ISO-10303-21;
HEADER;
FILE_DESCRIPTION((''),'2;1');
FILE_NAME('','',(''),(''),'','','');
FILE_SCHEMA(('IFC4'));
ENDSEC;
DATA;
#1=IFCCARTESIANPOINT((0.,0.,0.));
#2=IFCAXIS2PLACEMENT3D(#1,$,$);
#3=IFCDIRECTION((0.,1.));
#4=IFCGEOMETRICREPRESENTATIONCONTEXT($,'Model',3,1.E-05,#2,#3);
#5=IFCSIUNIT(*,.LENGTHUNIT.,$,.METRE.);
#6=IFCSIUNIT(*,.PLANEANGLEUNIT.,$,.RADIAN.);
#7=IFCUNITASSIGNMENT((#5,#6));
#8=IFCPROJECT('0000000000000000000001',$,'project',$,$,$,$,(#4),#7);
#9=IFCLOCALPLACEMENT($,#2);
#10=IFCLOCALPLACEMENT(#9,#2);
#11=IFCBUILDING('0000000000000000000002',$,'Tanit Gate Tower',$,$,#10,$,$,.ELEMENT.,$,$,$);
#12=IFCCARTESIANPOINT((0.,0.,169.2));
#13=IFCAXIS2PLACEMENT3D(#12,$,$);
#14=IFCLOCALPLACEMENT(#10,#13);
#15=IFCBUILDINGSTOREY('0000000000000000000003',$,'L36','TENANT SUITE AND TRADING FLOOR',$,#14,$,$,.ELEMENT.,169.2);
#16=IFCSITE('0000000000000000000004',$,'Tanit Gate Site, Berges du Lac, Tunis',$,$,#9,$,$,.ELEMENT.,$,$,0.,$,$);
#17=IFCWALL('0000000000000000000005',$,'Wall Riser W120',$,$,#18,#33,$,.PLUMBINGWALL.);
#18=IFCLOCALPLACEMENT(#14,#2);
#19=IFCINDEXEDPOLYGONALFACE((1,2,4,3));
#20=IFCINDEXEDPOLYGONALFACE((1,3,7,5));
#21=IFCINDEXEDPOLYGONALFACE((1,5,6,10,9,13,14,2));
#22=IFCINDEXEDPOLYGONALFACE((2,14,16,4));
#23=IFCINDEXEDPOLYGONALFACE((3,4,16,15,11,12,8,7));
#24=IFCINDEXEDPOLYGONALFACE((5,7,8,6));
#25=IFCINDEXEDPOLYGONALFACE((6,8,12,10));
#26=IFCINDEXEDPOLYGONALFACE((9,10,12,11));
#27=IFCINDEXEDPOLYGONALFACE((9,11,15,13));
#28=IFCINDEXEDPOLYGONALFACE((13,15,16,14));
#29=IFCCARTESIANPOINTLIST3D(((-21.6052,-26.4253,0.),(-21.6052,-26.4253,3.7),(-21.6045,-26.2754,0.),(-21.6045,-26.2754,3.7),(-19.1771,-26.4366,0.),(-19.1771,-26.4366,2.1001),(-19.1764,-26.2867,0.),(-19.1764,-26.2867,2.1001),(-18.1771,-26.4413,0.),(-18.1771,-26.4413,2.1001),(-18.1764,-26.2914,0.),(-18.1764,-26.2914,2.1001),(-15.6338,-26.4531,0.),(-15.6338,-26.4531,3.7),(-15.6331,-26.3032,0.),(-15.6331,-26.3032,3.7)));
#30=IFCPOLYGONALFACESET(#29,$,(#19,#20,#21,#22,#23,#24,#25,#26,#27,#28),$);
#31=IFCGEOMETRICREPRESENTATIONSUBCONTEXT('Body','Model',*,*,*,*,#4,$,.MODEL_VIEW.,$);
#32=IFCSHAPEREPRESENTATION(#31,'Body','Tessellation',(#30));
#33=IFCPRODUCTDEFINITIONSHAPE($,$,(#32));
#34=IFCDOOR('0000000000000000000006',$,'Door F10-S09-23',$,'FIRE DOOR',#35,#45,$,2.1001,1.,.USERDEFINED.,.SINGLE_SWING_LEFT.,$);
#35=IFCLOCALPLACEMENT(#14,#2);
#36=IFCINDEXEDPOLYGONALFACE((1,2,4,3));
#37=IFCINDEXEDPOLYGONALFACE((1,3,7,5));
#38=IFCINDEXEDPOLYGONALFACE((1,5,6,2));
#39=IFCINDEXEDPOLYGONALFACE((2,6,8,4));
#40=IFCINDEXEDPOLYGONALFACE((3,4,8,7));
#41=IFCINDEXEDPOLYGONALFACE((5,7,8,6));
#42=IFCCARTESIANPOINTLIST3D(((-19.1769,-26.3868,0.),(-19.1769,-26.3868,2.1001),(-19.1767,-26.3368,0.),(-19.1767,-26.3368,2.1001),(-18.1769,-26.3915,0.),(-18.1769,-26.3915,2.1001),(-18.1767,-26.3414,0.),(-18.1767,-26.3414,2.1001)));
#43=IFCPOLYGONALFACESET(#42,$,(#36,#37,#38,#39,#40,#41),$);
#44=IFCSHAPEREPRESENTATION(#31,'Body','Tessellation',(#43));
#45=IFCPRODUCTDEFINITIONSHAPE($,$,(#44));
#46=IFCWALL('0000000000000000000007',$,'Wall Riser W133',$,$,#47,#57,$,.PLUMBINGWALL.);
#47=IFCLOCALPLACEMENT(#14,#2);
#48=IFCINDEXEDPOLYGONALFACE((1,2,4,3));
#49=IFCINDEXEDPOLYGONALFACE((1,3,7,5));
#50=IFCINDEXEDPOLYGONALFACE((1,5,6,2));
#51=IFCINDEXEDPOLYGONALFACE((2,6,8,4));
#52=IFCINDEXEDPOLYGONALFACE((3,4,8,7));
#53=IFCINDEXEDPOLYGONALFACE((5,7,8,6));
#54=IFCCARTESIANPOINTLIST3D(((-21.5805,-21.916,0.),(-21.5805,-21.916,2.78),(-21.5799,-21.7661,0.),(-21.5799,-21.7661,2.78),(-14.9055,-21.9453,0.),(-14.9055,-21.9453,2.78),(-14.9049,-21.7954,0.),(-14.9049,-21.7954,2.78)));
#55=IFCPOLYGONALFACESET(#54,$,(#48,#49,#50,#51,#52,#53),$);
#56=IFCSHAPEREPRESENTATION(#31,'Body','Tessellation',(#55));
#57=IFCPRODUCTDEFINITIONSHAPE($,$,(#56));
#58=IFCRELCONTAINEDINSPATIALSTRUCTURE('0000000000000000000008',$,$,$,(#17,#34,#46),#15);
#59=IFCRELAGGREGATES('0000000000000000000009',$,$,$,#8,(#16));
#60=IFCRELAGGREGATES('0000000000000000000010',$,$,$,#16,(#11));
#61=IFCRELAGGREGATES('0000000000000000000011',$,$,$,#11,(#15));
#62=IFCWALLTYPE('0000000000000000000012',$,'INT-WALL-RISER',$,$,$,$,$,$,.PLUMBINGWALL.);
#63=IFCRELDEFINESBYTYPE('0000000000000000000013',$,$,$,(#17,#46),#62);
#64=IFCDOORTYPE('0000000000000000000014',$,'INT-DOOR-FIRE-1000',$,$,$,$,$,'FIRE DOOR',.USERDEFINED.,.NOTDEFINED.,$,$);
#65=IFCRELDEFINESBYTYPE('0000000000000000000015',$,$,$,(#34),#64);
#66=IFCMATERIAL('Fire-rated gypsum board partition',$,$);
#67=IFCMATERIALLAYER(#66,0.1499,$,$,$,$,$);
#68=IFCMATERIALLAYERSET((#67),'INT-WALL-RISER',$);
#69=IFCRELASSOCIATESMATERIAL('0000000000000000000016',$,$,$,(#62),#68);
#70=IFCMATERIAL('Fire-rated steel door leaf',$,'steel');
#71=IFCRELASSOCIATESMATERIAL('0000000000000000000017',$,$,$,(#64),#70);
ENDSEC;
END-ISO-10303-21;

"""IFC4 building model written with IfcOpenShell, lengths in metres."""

from ifc_helpers import new_model, si_unit, direction, frame, frame_2d, origin, place, context, subcontext, project, spatial, rectangle, extrude, material, layer, layer_set, type_object, element, fill, save


model = new_model("IFC4")

# Units and contexts
model_context = context("Model", 3, precision=1e-05, world=origin(), true_north=direction((0.0, 1.0)))
body_context = subcontext(model_context, "Body", "Model", "MODEL_VIEW")
ifc_project = project(units=[si_unit("LENGTHUNIT", "METRE"), si_unit("PLANEANGLEUNIT", "RADIAN")], contexts=[model_context])

# Site, building, storey
site_placement = place(None, origin())
site = spatial("IfcSite", under=ifc_project, at=site_placement, Name="Tanit Gate Site, Berges du Lac, Tunis", CompositionType="ELEMENT", RefElevation=0.0)
building_placement = place(site_placement, origin())
building = spatial("IfcBuilding", under=site, at=building_placement, Name="Tanit Gate Tower", CompositionType="ELEMENT")
storey_placement = place(building_placement, frame((0.0, 0.0, 169.2)))
storey = spatial("IfcBuildingStorey", under=building, at=storey_placement, Name="L36", Description="TENANT SUITE AND TRADING FLOOR", CompositionType="ELEMENT", Elevation=169.2)

# Shared definitions
ifc_material_1 = material(Name="Fire-rated gypsum board partition")
ifc_layer_1 = layer(ifc_material_1, 0.1499)
ifc_layer_set_1 = layer_set([ifc_layer_1], Name="INT-WALL-RISER")
wall_type_1 = type_object("IfcWallType", Name="INT-WALL-RISER", PredefinedType="PLUMBINGWALL", material=ifc_layer_set_1)

# Wall, opening, door
wall_1_placement = place(storey_placement, frame((-21.605, -26.3503, 0.0), z_axis=(0.0, 0.0, 1.0), x_axis=(0.999989, -0.004661, 0.0)))
wall_1 = element("IfcWall", 1, at=wall_1_placement, inside=storey, type_object=wall_type_1, Name="Wall Riser W120", PredefinedType="PLUMBINGWALL", context=body_context, shape_type="SweptSolid", body=[
    extrude(rectangle(XDim=5.9714, YDim=0.1499, at=frame_2d((2.9858, 0.0))), origin(), (0.0, 0.0, 1.0), 3.7),
])
opening_placement = place(wall_1_placement, frame((2.4282, 0.0, 0.0)))
opening = element("IfcOpeningElement", 2, at=opening_placement, cuts=wall_1, PredefinedType="OPENING", context=body_context, shape_type="SweptSolid", body=[
    extrude(rectangle(XDim=1.0, YDim=2.1001, at=frame_2d((0.5, 1.05))), frame((0.0, 0.085, 0.0), z_axis=(0.0, -1.0, 0.0), x_axis=(1.0, 0.0, 0.0)), (0.0, 0.0, 1.0), 0.1699),
])
ifc_material_2 = material(Name="Fire-rated steel door leaf", Category="steel")
door_type = type_object("IfcDoorType", Name="INT-DOOR-FIRE-1000", ElementType="FIRE DOOR", OperationType="NOTDEFINED", PredefinedType="USERDEFINED", material=ifc_material_2)
door_placement = place(opening_placement, origin())
door = element("IfcDoor", 3, at=door_placement, inside=storey, type_object=door_type, Name="Door F10-S09-23", ObjectType="FIRE DOOR", OperationType="SINGLE_SWING_LEFT", OverallHeight=2.1001, OverallWidth=1.0, PredefinedType="USERDEFINED", context=body_context, shape_type="SweptSolid", body=[
    extrude(rectangle(XDim=1.0, YDim=2.1001, at=frame_2d((0.5, 1.05))), frame((0.0, 0.0249, 0.0), z_axis=(0.0, -1.0, 0.0), x_axis=(1.0, 0.0, 0.0)), (0.0, 0.0, 1.0), 0.05),
])
fill(opening, door)

# Wall
wall_2_placement = place(storey_placement, frame((-21.5801, -21.8411, 0.0), z_axis=(0.0, 0.0, 1.0), x_axis=(0.99999, -0.004389, 0.0)))
element("IfcWall", 4, at=wall_2_placement, inside=storey, type_object=wall_type_1, Name="Wall Riser W133", PredefinedType="PLUMBINGWALL", context=body_context, shape_type="SweptSolid", body=[
    extrude(rectangle(XDim=6.675, YDim=0.1499, at=frame_2d((3.3374, 0.0))), origin(), (0.0, 0.0, 1.0), 2.78),
])

save(model, "model.ifc")
